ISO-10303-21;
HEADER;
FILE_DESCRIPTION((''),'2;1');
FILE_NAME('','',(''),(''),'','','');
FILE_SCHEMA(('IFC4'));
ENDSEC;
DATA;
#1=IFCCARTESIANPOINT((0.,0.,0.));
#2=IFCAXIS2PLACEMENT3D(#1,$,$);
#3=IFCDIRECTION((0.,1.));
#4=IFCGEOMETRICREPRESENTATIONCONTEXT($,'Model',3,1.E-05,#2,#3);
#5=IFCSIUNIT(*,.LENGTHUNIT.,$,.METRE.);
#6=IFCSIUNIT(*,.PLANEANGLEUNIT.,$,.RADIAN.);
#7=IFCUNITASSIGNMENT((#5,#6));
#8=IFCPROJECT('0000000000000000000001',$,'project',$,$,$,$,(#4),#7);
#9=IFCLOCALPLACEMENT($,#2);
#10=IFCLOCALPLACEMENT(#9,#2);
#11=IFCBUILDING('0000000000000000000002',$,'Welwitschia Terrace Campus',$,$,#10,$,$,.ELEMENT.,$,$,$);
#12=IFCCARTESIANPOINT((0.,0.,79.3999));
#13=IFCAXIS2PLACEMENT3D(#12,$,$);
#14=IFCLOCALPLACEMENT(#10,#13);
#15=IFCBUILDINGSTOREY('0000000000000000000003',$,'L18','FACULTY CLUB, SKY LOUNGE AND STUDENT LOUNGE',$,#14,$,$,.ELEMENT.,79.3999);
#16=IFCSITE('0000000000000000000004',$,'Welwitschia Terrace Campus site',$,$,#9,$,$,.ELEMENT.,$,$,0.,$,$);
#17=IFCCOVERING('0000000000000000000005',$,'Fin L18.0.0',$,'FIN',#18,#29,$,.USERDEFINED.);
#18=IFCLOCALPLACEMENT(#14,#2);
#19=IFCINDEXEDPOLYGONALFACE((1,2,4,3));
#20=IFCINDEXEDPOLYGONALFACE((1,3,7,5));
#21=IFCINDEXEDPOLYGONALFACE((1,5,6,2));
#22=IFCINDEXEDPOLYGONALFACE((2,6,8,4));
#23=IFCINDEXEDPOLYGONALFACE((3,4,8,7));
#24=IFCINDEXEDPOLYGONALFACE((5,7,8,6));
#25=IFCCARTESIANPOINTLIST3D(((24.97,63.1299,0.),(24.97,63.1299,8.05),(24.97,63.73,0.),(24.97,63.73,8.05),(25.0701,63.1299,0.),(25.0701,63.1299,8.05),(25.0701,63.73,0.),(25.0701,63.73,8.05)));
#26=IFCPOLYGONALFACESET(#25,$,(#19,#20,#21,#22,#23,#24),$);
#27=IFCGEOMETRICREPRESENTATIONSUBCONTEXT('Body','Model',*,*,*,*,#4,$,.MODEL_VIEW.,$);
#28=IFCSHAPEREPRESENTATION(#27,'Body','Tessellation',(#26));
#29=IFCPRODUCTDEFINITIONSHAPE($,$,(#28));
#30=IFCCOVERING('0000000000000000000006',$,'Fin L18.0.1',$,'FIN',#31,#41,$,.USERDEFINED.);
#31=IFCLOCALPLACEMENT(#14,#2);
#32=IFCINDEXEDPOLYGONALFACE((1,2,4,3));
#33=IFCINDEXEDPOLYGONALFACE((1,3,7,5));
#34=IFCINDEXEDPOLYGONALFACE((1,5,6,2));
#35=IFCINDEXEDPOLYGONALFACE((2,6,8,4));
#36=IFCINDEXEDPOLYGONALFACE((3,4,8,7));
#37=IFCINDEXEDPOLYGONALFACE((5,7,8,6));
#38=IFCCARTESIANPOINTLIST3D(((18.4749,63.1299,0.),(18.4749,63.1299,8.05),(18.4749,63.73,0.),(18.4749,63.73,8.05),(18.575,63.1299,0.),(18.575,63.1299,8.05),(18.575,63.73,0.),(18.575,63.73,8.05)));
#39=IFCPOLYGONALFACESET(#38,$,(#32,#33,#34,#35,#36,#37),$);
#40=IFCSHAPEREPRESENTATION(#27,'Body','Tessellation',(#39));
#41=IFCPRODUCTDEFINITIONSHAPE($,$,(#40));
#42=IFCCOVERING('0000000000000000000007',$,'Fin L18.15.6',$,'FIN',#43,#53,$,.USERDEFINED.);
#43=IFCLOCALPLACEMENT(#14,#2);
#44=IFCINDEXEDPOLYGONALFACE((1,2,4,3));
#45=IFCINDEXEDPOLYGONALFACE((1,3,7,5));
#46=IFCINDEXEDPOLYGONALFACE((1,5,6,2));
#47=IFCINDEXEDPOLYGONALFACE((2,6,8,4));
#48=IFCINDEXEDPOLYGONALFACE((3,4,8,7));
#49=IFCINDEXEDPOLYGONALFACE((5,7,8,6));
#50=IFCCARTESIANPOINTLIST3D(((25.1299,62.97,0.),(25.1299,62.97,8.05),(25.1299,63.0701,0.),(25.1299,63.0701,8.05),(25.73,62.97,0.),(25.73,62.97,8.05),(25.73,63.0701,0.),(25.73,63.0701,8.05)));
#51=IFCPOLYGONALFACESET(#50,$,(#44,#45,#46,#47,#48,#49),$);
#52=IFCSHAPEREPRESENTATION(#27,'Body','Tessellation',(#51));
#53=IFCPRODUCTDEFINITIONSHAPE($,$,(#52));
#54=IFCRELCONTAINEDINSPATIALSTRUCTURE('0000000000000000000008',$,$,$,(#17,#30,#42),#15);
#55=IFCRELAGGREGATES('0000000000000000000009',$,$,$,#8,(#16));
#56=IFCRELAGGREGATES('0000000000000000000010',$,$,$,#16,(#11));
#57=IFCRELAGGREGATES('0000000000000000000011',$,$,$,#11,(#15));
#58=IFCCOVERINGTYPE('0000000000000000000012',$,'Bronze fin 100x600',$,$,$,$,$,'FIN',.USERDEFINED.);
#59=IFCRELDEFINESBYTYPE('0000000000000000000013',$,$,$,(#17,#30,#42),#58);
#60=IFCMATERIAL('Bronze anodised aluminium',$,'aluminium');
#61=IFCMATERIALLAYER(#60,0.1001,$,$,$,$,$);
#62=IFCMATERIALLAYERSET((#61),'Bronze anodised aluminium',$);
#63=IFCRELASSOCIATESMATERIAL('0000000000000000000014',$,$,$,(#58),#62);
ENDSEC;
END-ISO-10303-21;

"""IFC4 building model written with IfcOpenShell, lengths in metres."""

from ifc_helpers import new_model, si_unit, direction, frame, origin, origin_2d, place, context, subcontext, project, spatial, rectangle, extrude, material, layer, layer_set, type_object, element, save


model = new_model("IFC4")

# Units and contexts
model_context = context("Model", 3, precision=1e-05, world=origin(), true_north=direction((0.0, 1.0)))
body_context = subcontext(model_context, "Body", "Model", "MODEL_VIEW")
ifc_project = project(units=[si_unit("LENGTHUNIT", "METRE"), si_unit("PLANEANGLEUNIT", "RADIAN")], contexts=[model_context])

# Site, building, storey
site_placement = place(None, origin())
site = spatial("IfcSite", under=ifc_project, at=site_placement, Name="Welwitschia Terrace Campus site", CompositionType="ELEMENT", RefElevation=0.0)
building_placement = place(site_placement, origin())
building = spatial("IfcBuilding", under=site, at=building_placement, Name="Welwitschia Terrace Campus", CompositionType="ELEMENT")
storey_placement = place(building_placement, frame((0.0, 0.0, 79.3999)))
storey = spatial("IfcBuildingStorey", under=building, at=storey_placement, Name="L18", Description="FACULTY CLUB, SKY LOUNGE AND STUDENT LOUNGE", CompositionType="ELEMENT", Elevation=79.3999)

# Coverings
ifc_material_1 = material(Name="Bronze anodised aluminium", Category="aluminium")
ifc_layer_1 = layer(ifc_material_1, 0.1001)
ifc_layer_set_1 = layer_set([ifc_layer_1], Name="Bronze anodised aluminium")
covering_type = type_object("IfcCoveringType", Name="Bronze fin 100x600", ElementType="FIN", PredefinedType="USERDEFINED", material=ifc_layer_set_1)
for number, where, z_axis, x_axis, name in (
    (1, (25.02, 63.4299, 0.0), (0.0, 0.0, 1.0), (-1.0, 0.0, 0.0), "Fin L18.0.0"),
    (2, (18.5249, 63.4299, 0.0), (0.0, 0.0, 1.0), (-1.0, 0.0, 0.0), "Fin L18.0.1"),
    (3, (25.4299, 63.02, 0.0), (0.0, 0.0, 1.0), (0.0, 1.0, 0.0), "Fin L18.15.6"),
):
    element("IfcCovering", number, at=place(storey_placement, frame(where, z_axis=z_axis, x_axis=x_axis)), inside=storey, type_object=covering_type, Name=name, ObjectType="FIN", PredefinedType="USERDEFINED", context=body_context, shape_type="SweptSolid", body=[
        extrude(rectangle(XDim=0.1001, YDim=0.6001, at=origin_2d()), origin(), (0.0, 0.0, 1.0), 8.05),
    ])

save(model, "model.ifc")
